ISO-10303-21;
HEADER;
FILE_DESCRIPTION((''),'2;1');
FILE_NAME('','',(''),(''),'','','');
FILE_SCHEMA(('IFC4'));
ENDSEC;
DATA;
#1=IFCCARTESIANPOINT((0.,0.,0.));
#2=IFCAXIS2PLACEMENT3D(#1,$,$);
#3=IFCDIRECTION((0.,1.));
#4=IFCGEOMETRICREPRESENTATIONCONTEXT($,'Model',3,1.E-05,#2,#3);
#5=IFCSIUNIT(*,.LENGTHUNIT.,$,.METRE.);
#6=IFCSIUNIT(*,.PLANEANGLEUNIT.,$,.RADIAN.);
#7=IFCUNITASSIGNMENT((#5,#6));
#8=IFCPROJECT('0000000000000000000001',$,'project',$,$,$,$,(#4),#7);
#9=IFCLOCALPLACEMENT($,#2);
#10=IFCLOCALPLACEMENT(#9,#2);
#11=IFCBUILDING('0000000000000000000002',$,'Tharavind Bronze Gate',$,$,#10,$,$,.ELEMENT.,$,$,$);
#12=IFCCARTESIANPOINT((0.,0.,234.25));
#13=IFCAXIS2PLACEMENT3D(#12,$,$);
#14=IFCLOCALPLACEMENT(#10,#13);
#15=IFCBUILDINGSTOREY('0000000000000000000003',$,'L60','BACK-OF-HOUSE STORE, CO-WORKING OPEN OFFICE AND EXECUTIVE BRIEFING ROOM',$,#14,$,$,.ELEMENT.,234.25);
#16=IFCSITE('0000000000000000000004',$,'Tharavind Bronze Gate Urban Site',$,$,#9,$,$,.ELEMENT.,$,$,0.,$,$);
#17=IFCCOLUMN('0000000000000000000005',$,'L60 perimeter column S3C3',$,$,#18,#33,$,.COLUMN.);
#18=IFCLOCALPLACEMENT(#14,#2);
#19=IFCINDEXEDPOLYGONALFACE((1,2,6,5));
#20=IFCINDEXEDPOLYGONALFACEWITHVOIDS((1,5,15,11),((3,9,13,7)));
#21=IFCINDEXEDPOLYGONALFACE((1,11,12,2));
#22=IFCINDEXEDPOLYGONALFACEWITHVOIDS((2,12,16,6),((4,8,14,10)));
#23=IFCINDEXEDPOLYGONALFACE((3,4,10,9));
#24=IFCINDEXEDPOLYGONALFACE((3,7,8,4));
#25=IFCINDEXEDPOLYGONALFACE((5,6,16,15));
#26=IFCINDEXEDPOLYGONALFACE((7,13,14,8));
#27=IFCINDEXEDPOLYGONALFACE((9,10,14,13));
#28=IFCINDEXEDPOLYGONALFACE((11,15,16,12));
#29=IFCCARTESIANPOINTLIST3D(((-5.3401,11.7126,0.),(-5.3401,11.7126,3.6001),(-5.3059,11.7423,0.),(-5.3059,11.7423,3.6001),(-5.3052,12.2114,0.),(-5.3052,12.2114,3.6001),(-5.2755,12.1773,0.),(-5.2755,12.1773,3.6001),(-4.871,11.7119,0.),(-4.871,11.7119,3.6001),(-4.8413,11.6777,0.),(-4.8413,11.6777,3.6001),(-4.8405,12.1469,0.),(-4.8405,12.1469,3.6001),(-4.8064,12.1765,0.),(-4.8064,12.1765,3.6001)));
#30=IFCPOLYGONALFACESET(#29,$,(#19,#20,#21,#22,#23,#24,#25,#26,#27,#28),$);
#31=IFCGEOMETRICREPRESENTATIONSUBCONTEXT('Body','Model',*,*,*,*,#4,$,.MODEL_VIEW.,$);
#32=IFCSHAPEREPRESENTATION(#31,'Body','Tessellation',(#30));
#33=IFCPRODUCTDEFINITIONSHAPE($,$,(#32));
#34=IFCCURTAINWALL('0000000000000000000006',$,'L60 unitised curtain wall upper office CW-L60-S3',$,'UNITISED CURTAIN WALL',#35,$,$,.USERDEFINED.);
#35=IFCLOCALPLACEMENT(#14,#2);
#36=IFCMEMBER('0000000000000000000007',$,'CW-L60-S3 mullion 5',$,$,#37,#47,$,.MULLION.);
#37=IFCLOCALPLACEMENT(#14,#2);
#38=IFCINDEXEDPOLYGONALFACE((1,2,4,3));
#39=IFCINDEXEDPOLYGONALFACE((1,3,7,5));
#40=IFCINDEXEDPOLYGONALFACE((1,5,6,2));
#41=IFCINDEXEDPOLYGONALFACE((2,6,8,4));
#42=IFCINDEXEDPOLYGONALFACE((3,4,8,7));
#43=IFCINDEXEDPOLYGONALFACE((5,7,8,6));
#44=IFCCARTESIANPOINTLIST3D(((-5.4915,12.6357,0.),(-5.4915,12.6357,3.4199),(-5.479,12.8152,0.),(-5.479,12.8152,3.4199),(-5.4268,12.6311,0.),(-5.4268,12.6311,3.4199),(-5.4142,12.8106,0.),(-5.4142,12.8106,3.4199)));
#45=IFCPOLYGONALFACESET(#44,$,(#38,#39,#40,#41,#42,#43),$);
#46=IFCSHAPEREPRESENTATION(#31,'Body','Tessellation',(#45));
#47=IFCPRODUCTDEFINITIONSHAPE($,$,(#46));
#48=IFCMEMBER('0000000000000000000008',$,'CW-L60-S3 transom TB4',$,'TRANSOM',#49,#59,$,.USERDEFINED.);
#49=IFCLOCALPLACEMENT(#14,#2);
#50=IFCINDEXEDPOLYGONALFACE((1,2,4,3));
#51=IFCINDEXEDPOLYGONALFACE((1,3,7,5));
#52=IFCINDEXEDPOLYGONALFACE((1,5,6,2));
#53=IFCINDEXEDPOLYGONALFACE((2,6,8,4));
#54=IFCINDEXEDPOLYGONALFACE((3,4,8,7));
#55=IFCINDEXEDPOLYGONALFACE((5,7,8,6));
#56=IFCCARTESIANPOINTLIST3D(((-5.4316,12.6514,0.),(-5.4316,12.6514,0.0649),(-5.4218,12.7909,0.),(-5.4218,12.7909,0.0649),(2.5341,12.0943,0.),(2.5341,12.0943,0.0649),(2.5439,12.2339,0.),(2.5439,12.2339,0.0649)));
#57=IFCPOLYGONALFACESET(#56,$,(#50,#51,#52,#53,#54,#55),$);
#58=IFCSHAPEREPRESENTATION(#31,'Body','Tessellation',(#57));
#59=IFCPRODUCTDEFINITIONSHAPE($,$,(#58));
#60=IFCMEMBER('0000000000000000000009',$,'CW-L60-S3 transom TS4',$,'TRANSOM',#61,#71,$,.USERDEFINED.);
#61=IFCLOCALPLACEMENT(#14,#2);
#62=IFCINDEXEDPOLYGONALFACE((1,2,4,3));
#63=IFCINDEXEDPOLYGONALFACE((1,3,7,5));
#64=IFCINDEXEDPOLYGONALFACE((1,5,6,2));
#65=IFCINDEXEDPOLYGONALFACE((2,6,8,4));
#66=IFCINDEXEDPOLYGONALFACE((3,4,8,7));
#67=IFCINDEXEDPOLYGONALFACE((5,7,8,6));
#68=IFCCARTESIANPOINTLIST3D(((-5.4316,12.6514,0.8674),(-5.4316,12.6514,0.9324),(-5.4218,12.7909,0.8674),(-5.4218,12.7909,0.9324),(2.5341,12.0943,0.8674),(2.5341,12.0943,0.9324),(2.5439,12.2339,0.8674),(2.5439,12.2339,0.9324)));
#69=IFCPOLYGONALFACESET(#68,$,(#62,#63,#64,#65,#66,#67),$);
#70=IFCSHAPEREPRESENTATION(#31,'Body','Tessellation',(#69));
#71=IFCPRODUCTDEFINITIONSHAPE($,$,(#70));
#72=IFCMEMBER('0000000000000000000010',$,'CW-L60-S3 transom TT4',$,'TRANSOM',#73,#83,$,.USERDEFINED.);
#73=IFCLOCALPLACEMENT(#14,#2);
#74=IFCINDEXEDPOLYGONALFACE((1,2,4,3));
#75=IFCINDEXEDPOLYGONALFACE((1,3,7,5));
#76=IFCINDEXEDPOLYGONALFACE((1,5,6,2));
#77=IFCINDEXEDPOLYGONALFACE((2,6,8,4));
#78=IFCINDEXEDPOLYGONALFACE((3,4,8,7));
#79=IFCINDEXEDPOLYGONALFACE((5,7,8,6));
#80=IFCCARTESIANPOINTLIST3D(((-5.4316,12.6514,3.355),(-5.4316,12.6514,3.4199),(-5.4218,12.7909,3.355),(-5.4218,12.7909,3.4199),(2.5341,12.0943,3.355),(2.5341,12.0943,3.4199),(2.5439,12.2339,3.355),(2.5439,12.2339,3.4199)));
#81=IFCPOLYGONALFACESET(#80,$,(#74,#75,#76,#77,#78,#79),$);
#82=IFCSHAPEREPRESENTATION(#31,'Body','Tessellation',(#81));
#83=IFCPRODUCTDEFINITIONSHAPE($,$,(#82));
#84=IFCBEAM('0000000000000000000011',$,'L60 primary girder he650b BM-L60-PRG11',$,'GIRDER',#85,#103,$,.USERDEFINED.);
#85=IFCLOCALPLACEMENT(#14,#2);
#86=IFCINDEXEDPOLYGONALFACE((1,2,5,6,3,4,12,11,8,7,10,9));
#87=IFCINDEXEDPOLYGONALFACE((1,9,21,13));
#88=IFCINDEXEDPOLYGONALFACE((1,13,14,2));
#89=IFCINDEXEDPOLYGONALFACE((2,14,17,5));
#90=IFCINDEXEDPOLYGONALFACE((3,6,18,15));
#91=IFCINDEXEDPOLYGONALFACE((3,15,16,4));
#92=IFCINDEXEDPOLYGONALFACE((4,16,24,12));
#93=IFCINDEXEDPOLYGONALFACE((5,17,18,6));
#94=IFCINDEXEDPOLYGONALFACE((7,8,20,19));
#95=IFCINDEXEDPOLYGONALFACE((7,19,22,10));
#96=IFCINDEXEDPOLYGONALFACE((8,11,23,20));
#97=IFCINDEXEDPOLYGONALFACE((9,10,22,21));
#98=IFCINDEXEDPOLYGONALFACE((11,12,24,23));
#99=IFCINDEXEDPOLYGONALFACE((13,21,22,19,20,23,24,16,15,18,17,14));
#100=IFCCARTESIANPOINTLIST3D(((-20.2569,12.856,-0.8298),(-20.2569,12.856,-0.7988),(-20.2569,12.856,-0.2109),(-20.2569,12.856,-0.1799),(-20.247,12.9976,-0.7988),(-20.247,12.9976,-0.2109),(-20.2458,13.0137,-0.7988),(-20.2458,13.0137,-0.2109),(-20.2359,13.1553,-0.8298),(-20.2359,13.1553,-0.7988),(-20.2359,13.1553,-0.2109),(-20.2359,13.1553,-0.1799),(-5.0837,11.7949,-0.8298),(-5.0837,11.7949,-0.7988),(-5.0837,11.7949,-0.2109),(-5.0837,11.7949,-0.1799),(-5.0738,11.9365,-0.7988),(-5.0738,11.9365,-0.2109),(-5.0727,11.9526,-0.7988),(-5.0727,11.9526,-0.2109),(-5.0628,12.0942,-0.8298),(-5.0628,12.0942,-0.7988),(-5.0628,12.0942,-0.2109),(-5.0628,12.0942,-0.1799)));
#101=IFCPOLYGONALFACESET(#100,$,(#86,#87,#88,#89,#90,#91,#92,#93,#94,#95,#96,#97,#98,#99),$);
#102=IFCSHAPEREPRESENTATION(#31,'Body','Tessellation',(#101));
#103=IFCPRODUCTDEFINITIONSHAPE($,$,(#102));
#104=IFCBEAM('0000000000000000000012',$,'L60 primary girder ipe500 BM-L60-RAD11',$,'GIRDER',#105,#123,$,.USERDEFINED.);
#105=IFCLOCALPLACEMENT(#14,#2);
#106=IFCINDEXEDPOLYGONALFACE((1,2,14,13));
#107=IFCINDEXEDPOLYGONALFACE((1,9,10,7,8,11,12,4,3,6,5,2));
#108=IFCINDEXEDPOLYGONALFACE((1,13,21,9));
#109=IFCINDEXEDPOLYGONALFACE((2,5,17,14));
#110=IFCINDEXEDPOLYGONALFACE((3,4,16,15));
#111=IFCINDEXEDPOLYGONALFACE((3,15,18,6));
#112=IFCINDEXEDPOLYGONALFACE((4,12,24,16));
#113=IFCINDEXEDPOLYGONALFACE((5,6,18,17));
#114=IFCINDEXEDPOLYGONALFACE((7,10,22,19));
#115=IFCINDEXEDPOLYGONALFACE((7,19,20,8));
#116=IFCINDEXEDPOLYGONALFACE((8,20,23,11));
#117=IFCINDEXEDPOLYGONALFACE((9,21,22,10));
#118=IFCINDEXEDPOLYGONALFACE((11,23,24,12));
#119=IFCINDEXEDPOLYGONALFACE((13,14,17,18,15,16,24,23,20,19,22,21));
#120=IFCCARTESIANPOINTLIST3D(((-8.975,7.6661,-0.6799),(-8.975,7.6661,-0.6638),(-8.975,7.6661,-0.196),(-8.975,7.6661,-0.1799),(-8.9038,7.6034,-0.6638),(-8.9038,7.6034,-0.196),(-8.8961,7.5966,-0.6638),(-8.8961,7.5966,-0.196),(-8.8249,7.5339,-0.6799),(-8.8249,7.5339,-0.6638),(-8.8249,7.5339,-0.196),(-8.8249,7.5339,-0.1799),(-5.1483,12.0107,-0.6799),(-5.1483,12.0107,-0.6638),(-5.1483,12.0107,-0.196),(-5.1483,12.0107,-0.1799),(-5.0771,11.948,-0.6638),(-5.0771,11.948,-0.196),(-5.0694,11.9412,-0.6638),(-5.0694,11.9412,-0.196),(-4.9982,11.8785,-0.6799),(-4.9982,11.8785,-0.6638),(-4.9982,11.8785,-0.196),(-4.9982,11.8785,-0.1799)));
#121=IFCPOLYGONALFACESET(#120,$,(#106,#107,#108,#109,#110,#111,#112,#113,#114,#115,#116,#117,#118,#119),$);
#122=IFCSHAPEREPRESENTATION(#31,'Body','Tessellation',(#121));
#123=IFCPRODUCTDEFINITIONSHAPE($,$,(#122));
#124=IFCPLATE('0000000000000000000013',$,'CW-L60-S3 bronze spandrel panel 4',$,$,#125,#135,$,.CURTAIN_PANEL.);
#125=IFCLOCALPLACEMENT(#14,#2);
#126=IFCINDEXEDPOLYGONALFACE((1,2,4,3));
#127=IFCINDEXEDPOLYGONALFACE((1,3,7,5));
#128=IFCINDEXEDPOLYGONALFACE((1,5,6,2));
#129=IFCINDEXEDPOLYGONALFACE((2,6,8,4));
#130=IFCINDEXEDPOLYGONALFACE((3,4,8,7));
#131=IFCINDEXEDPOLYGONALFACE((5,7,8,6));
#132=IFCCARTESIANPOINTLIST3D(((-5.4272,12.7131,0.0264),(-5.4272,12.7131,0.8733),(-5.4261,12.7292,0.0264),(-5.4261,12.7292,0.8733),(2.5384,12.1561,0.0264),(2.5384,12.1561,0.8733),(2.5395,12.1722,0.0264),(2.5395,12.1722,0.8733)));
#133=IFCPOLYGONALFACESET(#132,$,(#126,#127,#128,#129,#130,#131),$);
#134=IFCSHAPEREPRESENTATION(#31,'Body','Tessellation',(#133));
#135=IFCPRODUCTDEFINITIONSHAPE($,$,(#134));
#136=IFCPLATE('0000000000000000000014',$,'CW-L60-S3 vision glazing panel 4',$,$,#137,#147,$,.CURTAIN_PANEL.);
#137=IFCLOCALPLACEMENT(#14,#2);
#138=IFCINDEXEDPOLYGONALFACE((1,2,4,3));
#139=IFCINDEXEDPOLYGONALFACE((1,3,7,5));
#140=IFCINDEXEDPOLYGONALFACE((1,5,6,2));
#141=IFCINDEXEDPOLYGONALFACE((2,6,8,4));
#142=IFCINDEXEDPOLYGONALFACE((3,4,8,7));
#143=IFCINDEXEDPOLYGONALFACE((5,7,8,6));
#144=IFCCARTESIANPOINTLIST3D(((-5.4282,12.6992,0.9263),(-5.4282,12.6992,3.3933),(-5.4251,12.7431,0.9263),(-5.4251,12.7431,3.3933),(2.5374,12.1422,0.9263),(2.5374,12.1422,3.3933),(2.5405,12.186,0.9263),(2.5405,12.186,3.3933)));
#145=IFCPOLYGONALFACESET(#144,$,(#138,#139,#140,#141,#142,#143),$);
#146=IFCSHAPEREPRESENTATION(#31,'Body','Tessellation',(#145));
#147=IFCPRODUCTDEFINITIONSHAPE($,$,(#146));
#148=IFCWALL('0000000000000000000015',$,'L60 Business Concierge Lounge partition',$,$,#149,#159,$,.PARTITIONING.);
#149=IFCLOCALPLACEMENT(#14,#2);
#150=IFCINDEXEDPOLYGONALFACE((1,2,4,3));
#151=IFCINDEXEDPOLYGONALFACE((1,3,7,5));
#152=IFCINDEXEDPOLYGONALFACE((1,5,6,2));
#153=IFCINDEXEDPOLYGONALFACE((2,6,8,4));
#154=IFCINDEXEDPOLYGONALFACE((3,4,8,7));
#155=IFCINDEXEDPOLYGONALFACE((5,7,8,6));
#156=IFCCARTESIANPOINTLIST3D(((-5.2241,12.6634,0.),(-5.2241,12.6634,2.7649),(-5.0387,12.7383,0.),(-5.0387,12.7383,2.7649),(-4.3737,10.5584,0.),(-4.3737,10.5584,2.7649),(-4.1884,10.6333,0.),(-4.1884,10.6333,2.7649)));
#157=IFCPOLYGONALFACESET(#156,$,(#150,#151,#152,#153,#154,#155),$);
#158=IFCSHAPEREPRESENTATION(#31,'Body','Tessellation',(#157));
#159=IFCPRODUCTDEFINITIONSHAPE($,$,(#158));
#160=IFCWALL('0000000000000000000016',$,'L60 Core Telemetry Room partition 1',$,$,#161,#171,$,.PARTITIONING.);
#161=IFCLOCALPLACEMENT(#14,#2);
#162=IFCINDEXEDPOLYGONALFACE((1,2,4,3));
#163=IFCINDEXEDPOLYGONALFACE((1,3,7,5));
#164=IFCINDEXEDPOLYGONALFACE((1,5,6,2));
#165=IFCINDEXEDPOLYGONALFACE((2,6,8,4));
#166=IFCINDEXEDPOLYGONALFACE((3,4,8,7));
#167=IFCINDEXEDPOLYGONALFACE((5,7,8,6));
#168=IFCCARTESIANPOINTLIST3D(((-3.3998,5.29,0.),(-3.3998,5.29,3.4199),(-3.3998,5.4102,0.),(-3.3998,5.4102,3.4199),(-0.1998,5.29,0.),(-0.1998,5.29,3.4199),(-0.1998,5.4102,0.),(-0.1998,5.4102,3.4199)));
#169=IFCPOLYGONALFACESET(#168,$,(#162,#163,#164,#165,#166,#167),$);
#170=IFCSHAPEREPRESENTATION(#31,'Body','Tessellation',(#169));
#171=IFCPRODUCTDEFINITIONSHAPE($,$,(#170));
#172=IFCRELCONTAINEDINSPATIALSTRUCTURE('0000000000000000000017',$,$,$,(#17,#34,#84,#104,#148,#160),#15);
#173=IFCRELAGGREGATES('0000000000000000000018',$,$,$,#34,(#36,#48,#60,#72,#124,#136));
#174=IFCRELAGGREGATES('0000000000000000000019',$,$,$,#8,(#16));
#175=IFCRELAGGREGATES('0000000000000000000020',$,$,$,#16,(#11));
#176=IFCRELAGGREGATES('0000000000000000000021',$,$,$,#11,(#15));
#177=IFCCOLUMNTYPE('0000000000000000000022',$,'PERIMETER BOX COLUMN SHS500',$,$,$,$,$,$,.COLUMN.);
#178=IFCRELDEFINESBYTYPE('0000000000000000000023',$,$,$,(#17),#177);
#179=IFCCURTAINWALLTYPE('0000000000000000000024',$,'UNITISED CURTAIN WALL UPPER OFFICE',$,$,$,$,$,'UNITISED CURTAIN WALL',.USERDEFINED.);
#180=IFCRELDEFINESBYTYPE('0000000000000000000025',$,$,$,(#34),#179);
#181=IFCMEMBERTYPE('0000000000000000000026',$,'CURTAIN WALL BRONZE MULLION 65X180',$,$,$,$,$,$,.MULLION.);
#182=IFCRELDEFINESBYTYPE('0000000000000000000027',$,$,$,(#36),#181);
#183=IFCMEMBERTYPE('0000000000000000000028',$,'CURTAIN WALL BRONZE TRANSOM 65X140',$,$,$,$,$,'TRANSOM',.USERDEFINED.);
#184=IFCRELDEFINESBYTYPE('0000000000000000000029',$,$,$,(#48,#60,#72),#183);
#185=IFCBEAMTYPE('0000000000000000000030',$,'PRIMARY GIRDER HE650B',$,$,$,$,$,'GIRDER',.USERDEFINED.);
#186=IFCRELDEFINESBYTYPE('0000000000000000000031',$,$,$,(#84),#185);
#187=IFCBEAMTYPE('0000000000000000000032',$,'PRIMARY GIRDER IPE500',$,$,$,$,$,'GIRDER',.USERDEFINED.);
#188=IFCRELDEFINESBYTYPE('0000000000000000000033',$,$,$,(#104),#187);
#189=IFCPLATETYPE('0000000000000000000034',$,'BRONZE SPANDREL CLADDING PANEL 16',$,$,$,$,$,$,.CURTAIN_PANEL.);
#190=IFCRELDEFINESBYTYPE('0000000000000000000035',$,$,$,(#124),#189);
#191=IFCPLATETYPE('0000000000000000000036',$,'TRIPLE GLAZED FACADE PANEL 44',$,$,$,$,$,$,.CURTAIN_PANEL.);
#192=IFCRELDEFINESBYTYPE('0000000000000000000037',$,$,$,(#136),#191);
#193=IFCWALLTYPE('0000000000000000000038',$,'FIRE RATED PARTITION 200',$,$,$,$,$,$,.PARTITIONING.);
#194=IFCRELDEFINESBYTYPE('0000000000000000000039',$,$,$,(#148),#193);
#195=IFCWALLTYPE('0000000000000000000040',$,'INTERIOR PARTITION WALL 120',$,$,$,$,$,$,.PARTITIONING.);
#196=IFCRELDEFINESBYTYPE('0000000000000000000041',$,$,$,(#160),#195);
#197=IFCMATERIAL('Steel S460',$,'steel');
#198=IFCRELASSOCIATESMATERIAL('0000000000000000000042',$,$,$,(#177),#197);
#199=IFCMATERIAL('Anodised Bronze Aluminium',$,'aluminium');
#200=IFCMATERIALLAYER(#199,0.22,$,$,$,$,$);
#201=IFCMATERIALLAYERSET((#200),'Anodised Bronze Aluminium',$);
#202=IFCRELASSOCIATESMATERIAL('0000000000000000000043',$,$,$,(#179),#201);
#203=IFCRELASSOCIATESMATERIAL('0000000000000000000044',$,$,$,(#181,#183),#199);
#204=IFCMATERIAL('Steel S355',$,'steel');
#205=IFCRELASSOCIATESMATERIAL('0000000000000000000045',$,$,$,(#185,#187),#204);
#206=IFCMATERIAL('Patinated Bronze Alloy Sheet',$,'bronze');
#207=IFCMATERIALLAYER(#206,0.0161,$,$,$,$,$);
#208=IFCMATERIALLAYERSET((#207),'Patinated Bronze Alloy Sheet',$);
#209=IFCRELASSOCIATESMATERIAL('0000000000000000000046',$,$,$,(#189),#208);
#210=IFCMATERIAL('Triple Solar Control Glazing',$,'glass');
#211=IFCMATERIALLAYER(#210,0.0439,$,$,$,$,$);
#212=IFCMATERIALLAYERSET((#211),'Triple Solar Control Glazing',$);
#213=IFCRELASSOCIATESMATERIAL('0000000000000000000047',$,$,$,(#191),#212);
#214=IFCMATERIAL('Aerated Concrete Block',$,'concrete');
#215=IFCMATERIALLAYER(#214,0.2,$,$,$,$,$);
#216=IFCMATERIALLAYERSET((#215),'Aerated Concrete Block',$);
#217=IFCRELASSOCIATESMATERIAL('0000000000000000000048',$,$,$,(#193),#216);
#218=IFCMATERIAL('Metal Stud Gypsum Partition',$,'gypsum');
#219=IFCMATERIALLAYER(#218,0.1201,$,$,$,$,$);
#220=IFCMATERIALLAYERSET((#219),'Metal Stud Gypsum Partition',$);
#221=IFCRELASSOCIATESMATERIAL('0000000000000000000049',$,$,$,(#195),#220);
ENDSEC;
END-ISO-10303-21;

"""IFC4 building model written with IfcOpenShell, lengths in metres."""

from ifc_helpers import new_model, si_unit, direction, frame, frame_2d, origin, origin_2d, place, context, subcontext, project, spatial, rectangle, hollow_rectangle, i_section, extrude, material, layer, layer_set, material_profile, profile_set, type_object, element, aggregate, save


model = new_model("IFC4")

# Units and contexts
model_context = context("Model", 3, precision=1e-05, world=origin(), true_north=direction((0.0, 1.0)))
body_context = subcontext(model_context, "Body", "Model", "MODEL_VIEW")
ifc_project = project(units=[si_unit("LENGTHUNIT", "METRE"), si_unit("PLANEANGLEUNIT", "RADIAN")], contexts=[model_context])

# Site, building, storey
site_placement = place(None, origin())
site = spatial("IfcSite", under=ifc_project, at=site_placement, Name="Tharavind Bronze Gate Urban Site", CompositionType="ELEMENT", RefElevation=0.0)
building_placement = place(site_placement, origin())
building = spatial("IfcBuilding", under=site, at=building_placement, Name="Tharavind Bronze Gate", CompositionType="ELEMENT")
storey_placement = place(building_placement, frame((0.0, 0.0, 234.25)))
storey = spatial("IfcBuildingStorey", under=building, at=storey_placement, Name="L60", Description="BACK-OF-HOUSE STORE, CO-WORKING OPEN OFFICE AND EXECUTIVE BRIEFING ROOM", CompositionType="ELEMENT", Elevation=234.25)

# Column
ifc_material_1 = material(Name="Steel S460", Category="steel")
ifc_material_profile_1 = material_profile(ifc_material_1, hollow_rectangle(XDim=0.5, YDim=0.5, WallThickness=0.032, at=origin_2d()), Name="SHS500X32")
ifc_profile_set_1 = profile_set([ifc_material_profile_1], Name="Steel S460")
column_type = type_object("IfcColumnType", Name="PERIMETER BOX COLUMN SHS500", PredefinedType="COLUMN", material=ifc_profile_set_1)
column_placement = place(storey_placement, frame((-5.0732, 11.9446, 0.0), z_axis=(0.0, 0.0, 1.0), x_axis=(-0.997564, 0.069756, 0.0)))
element("IfcColumn", 1, at=column_placement, inside=storey, type_object=column_type, Name="L60 perimeter column S3C3", PredefinedType="COLUMN", context=body_context, shape_type="SweptSolid", body=[
    extrude(hollow_rectangle(XDim=0.5, YDim=0.5, WallThickness=0.032, at=origin_2d()), origin(), (0.0, 0.0, 1.0), 3.6001),
])

# Curtain wall, members
ifc_material_2 = material(Name="Anodised Bronze Aluminium", Category="aluminium")
ifc_layer_1 = layer(ifc_material_2, 0.22)
ifc_layer_set_1 = layer_set([ifc_layer_1], Name="Anodised Bronze Aluminium")
curtain_wall_type = type_object("IfcCurtainWallType", Name="UNITISED CURTAIN WALL UPPER OFFICE", ElementType="UNITISED CURTAIN WALL", PredefinedType="USERDEFINED", material=ifc_layer_set_1)
curtain_wall_placement = place(storey_placement, origin())
curtain_wall = element("IfcCurtainWall", 2, at=curtain_wall_placement, inside=storey, type_object=curtain_wall_type, Name="L60 unitised curtain wall upper office CW-L60-S3", ObjectType="UNITISED CURTAIN WALL", PredefinedType="USERDEFINED")
member_type_1 = type_object("IfcMemberType", Name="CURTAIN WALL BRONZE MULLION 65X180", PredefinedType="MULLION", material=ifc_material_2)
member_1_placement = place(storey_placement, frame((-5.4529, 12.7231, 0.0), z_axis=(0.0, 0.0, 1.0), x_axis=(-0.997564, 0.069758, 0.0)))
member_1 = element("IfcMember", 3, at=member_1_placement, type_object=member_type_1, Name="CW-L60-S3 mullion 5", PredefinedType="MULLION", context=body_context, shape_type="SweptSolid", body=[
    extrude(rectangle(XDim=0.0649, YDim=0.1799, at=origin_2d()), origin(), (0.0, 0.0, 1.0), 3.4199),
])
member_type_2 = type_object("IfcMemberType", Name="CURTAIN WALL BRONZE TRANSOM 65X140", ElementType="TRANSOM", PredefinedType="USERDEFINED", material=ifc_material_2)
member_2_placement = place(storey_placement, frame((-1.4438, 12.4426, 0.0), z_axis=(0.0, 0.0, 1.0), x_axis=(-0.997564, 0.069758, 0.0)))
member_2 = element("IfcMember", 4, at=member_2_placement, type_object=member_type_2, Name="CW-L60-S3 transom TB4", ObjectType="TRANSOM", PredefinedType="USERDEFINED", context=body_context, shape_type="SweptSolid", body=[
    extrude(rectangle(XDim=7.9851, YDim=0.1399, at=origin_2d()), origin(), (0.0, 0.0, 1.0), 0.0649),
])
member_3_placement = place(storey_placement, frame((-1.4438, 12.4426, 0.8674), z_axis=(0.0, 0.0, 1.0), x_axis=(-0.997564, 0.069758, 0.0)))
member_3 = element("IfcMember", 5, at=member_3_placement, type_object=member_type_2, Name="CW-L60-S3 transom TS4", ObjectType="TRANSOM", PredefinedType="USERDEFINED", context=body_context, shape_type="SweptSolid", body=[
    extrude(rectangle(XDim=7.9851, YDim=0.1399, at=origin_2d()), origin(), (0.0, 0.0, 1.0), 0.0649),
])
member_4_placement = place(storey_placement, frame((-1.4438, 12.4426, 3.355), z_axis=(0.0, 0.0, 1.0), x_axis=(-0.997564, 0.069758, 0.0)))
member_4 = element("IfcMember", 6, at=member_4_placement, type_object=member_type_2, Name="CW-L60-S3 transom TT4", ObjectType="TRANSOM", PredefinedType="USERDEFINED", context=body_context, shape_type="SweptSolid", body=[
    extrude(rectangle(XDim=7.9851, YDim=0.1399, at=origin_2d()), origin(), (0.0, 0.0, 1.0), 0.0649),
])

# Beams
ifc_material_3 = material(Name="Steel S355", Category="steel")
ifc_material_profile_2 = material_profile(ifc_material_3, i_section(OverallWidth=0.3, OverallDepth=0.6499, WebThickness=0.0161, FlangeThickness=0.031, at=origin_2d()), Name="HE650B")
ifc_profile_set_2 = profile_set([ifc_material_profile_2], Name="Steel S355")
beam_type_1 = type_object("IfcBeamType", Name="PRIMARY GIRDER HE650B", ElementType="GIRDER", PredefinedType="USERDEFINED", material=ifc_profile_set_2)
beam_1_placement = place(storey_placement, frame((-5.0732, 11.9446, -0.5049), z_axis=(-0.997564, 0.069758, 0.0), x_axis=(-0.069758, -0.997564, 0.0)))
element("IfcBeam", 7, at=beam_1_placement, inside=storey, type_object=beam_type_1, Name="L60 primary girder he650b BM-L60-PRG11", ObjectType="GIRDER", PredefinedType="USERDEFINED", context=body_context, shape_type="SweptSolid", body=[
    extrude(i_section(OverallWidth=0.3, OverallDepth=0.6499, WebThickness=0.0161, FlangeThickness=0.031, at=origin_2d()), origin(), (0.0, 0.0, 1.0), 15.2102),
])
ifc_material_profile_3 = material_profile(ifc_material_3, i_section(OverallWidth=0.2, OverallDepth=0.5, WebThickness=0.0103, FlangeThickness=0.0161, at=origin_2d()), Name="IPE500")
ifc_profile_set_3 = profile_set([ifc_material_profile_3], Name="Steel S355")
beam_type_2 = type_object("IfcBeamType", Name="PRIMARY GIRDER IPE500", ElementType="GIRDER", PredefinedType="USERDEFINED", material=ifc_profile_set_3)
beam_2_placement = place(storey_placement, frame((-5.0732, 11.9446, -0.4299), z_axis=(-0.66097, -0.750412, 0.0), x_axis=(0.750412, -0.66097, 0.0)))
element("IfcBeam", 8, at=beam_2_placement, inside=storey, type_object=beam_type_2, Name="L60 primary girder ipe500 BM-L60-RAD11", ObjectType="GIRDER", PredefinedType="USERDEFINED", context=body_context, shape_type="SweptSolid", body=[
    extrude(i_section(OverallWidth=0.2, OverallDepth=0.5, WebThickness=0.0103, FlangeThickness=0.0161, at=origin_2d()), origin(), (0.0, 0.0, 1.0), 5.7896),
])

# Plates
ifc_material_4 = material(Name="Patinated Bronze Alloy Sheet", Category="bronze")
ifc_layer_2 = layer(ifc_material_4, 0.0161)
ifc_layer_set_2 = layer_set([ifc_layer_2], Name="Patinated Bronze Alloy Sheet")
plate_type_1 = type_object("IfcPlateType", Name="BRONZE SPANDREL CLADDING PANEL 16", PredefinedType="CURTAIN_PANEL", material=ifc_layer_set_2)
plate_1_placement = place(storey_placement, frame((-1.4438, 12.4426, 0.0264), z_axis=(0.0, 0.0, 1.0), x_axis=(-0.997564, 0.069758, 0.0)))
plate_1 = element("IfcPlate", 9, at=plate_1_placement, type_object=plate_type_1, Name="CW-L60-S3 bronze spandrel panel 4", PredefinedType="CURTAIN_PANEL", context=body_context, shape_type="SweptSolid", body=[
    extrude(rectangle(XDim=7.9851, YDim=0.0161, at=origin_2d()), origin(), (0.0, 0.0, 1.0), 0.8469),
])
ifc_material_5 = material(Name="Triple Solar Control Glazing", Category="glass")
ifc_layer_3 = layer(ifc_material_5, 0.0439)
ifc_layer_set_3 = layer_set([ifc_layer_3], Name="Triple Solar Control Glazing")
plate_type_2 = type_object("IfcPlateType", Name="TRIPLE GLAZED FACADE PANEL 44", PredefinedType="CURTAIN_PANEL", material=ifc_layer_set_3)
plate_2_placement = place(storey_placement, frame((-1.4438, 12.4426, 0.9263), z_axis=(0.0, 0.0, 1.0), x_axis=(-0.997564, 0.069758, 0.0)))
plate_2 = element("IfcPlate", 10, at=plate_2_placement, type_object=plate_type_2, Name="CW-L60-S3 vision glazing panel 4", PredefinedType="CURTAIN_PANEL", context=body_context, shape_type="SweptSolid", body=[
    extrude(rectangle(XDim=7.9851, YDim=0.0439, at=origin_2d()), origin(), (0.0, 0.0, 1.0), 2.467),
])
aggregate(curtain_wall, [member_1, member_2, member_3, member_4, plate_1, plate_2])

# Wall
ifc_material_6 = material(Name="Aerated Concrete Block", Category="concrete")
ifc_layer_4 = layer(ifc_material_6, 0.2)
ifc_layer_set_4 = layer_set([ifc_layer_4], Name="Aerated Concrete Block")
wall_type_1 = type_object("IfcWallType", Name="FIRE RATED PARTITION 200", PredefinedType="PARTITIONING", material=ifc_layer_set_4)
wall_1_placement = place(storey_placement, frame((-4.281, 10.5957, 0.0), z_axis=(0.0, 0.0, 1.0), x_axis=(-0.374559, 0.927203, 0.0)))
element("IfcWall", 11, at=wall_1_placement, inside=storey, type_object=wall_type_1, Name="L60 Business Concierge Lounge partition", PredefinedType="PARTITIONING", context=body_context, shape_type="SweptSolid", body=[
    extrude(rectangle(XDim=2.2703, YDim=0.2, at=frame_2d((1.1353, 0.0))), origin(), (0.0, 0.0, 1.0), 2.7649),
])

# Wall
ifc_material_7 = material(Name="Metal Stud Gypsum Partition", Category="gypsum")
ifc_layer_5 = layer(ifc_material_7, 0.1201)
ifc_layer_set_5 = layer_set([ifc_layer_5], Name="Metal Stud Gypsum Partition")
wall_type_2 = type_object("IfcWallType", Name="INTERIOR PARTITION WALL 120", PredefinedType="PARTITIONING", material=ifc_layer_set_5)
wall_2_placement = place(storey_placement, frame((-3.3999, 5.3501, 0.0), z_axis=(0.0, 0.0, 1.0), x_axis=(1.0, 0.0, 0.0)))
element("IfcWall", 12, at=wall_2_placement, inside=storey, type_object=wall_type_2, Name="L60 Core Telemetry Room partition 1", PredefinedType="PARTITIONING", context=body_context, shape_type="SweptSolid", body=[
    extrude(rectangle(XDim=3.2, YDim=0.1201, at=frame_2d((1.6001, 0.0))), origin(), (0.0, 0.0, 1.0), 3.4199),
])

save(model, "model.ifc")
